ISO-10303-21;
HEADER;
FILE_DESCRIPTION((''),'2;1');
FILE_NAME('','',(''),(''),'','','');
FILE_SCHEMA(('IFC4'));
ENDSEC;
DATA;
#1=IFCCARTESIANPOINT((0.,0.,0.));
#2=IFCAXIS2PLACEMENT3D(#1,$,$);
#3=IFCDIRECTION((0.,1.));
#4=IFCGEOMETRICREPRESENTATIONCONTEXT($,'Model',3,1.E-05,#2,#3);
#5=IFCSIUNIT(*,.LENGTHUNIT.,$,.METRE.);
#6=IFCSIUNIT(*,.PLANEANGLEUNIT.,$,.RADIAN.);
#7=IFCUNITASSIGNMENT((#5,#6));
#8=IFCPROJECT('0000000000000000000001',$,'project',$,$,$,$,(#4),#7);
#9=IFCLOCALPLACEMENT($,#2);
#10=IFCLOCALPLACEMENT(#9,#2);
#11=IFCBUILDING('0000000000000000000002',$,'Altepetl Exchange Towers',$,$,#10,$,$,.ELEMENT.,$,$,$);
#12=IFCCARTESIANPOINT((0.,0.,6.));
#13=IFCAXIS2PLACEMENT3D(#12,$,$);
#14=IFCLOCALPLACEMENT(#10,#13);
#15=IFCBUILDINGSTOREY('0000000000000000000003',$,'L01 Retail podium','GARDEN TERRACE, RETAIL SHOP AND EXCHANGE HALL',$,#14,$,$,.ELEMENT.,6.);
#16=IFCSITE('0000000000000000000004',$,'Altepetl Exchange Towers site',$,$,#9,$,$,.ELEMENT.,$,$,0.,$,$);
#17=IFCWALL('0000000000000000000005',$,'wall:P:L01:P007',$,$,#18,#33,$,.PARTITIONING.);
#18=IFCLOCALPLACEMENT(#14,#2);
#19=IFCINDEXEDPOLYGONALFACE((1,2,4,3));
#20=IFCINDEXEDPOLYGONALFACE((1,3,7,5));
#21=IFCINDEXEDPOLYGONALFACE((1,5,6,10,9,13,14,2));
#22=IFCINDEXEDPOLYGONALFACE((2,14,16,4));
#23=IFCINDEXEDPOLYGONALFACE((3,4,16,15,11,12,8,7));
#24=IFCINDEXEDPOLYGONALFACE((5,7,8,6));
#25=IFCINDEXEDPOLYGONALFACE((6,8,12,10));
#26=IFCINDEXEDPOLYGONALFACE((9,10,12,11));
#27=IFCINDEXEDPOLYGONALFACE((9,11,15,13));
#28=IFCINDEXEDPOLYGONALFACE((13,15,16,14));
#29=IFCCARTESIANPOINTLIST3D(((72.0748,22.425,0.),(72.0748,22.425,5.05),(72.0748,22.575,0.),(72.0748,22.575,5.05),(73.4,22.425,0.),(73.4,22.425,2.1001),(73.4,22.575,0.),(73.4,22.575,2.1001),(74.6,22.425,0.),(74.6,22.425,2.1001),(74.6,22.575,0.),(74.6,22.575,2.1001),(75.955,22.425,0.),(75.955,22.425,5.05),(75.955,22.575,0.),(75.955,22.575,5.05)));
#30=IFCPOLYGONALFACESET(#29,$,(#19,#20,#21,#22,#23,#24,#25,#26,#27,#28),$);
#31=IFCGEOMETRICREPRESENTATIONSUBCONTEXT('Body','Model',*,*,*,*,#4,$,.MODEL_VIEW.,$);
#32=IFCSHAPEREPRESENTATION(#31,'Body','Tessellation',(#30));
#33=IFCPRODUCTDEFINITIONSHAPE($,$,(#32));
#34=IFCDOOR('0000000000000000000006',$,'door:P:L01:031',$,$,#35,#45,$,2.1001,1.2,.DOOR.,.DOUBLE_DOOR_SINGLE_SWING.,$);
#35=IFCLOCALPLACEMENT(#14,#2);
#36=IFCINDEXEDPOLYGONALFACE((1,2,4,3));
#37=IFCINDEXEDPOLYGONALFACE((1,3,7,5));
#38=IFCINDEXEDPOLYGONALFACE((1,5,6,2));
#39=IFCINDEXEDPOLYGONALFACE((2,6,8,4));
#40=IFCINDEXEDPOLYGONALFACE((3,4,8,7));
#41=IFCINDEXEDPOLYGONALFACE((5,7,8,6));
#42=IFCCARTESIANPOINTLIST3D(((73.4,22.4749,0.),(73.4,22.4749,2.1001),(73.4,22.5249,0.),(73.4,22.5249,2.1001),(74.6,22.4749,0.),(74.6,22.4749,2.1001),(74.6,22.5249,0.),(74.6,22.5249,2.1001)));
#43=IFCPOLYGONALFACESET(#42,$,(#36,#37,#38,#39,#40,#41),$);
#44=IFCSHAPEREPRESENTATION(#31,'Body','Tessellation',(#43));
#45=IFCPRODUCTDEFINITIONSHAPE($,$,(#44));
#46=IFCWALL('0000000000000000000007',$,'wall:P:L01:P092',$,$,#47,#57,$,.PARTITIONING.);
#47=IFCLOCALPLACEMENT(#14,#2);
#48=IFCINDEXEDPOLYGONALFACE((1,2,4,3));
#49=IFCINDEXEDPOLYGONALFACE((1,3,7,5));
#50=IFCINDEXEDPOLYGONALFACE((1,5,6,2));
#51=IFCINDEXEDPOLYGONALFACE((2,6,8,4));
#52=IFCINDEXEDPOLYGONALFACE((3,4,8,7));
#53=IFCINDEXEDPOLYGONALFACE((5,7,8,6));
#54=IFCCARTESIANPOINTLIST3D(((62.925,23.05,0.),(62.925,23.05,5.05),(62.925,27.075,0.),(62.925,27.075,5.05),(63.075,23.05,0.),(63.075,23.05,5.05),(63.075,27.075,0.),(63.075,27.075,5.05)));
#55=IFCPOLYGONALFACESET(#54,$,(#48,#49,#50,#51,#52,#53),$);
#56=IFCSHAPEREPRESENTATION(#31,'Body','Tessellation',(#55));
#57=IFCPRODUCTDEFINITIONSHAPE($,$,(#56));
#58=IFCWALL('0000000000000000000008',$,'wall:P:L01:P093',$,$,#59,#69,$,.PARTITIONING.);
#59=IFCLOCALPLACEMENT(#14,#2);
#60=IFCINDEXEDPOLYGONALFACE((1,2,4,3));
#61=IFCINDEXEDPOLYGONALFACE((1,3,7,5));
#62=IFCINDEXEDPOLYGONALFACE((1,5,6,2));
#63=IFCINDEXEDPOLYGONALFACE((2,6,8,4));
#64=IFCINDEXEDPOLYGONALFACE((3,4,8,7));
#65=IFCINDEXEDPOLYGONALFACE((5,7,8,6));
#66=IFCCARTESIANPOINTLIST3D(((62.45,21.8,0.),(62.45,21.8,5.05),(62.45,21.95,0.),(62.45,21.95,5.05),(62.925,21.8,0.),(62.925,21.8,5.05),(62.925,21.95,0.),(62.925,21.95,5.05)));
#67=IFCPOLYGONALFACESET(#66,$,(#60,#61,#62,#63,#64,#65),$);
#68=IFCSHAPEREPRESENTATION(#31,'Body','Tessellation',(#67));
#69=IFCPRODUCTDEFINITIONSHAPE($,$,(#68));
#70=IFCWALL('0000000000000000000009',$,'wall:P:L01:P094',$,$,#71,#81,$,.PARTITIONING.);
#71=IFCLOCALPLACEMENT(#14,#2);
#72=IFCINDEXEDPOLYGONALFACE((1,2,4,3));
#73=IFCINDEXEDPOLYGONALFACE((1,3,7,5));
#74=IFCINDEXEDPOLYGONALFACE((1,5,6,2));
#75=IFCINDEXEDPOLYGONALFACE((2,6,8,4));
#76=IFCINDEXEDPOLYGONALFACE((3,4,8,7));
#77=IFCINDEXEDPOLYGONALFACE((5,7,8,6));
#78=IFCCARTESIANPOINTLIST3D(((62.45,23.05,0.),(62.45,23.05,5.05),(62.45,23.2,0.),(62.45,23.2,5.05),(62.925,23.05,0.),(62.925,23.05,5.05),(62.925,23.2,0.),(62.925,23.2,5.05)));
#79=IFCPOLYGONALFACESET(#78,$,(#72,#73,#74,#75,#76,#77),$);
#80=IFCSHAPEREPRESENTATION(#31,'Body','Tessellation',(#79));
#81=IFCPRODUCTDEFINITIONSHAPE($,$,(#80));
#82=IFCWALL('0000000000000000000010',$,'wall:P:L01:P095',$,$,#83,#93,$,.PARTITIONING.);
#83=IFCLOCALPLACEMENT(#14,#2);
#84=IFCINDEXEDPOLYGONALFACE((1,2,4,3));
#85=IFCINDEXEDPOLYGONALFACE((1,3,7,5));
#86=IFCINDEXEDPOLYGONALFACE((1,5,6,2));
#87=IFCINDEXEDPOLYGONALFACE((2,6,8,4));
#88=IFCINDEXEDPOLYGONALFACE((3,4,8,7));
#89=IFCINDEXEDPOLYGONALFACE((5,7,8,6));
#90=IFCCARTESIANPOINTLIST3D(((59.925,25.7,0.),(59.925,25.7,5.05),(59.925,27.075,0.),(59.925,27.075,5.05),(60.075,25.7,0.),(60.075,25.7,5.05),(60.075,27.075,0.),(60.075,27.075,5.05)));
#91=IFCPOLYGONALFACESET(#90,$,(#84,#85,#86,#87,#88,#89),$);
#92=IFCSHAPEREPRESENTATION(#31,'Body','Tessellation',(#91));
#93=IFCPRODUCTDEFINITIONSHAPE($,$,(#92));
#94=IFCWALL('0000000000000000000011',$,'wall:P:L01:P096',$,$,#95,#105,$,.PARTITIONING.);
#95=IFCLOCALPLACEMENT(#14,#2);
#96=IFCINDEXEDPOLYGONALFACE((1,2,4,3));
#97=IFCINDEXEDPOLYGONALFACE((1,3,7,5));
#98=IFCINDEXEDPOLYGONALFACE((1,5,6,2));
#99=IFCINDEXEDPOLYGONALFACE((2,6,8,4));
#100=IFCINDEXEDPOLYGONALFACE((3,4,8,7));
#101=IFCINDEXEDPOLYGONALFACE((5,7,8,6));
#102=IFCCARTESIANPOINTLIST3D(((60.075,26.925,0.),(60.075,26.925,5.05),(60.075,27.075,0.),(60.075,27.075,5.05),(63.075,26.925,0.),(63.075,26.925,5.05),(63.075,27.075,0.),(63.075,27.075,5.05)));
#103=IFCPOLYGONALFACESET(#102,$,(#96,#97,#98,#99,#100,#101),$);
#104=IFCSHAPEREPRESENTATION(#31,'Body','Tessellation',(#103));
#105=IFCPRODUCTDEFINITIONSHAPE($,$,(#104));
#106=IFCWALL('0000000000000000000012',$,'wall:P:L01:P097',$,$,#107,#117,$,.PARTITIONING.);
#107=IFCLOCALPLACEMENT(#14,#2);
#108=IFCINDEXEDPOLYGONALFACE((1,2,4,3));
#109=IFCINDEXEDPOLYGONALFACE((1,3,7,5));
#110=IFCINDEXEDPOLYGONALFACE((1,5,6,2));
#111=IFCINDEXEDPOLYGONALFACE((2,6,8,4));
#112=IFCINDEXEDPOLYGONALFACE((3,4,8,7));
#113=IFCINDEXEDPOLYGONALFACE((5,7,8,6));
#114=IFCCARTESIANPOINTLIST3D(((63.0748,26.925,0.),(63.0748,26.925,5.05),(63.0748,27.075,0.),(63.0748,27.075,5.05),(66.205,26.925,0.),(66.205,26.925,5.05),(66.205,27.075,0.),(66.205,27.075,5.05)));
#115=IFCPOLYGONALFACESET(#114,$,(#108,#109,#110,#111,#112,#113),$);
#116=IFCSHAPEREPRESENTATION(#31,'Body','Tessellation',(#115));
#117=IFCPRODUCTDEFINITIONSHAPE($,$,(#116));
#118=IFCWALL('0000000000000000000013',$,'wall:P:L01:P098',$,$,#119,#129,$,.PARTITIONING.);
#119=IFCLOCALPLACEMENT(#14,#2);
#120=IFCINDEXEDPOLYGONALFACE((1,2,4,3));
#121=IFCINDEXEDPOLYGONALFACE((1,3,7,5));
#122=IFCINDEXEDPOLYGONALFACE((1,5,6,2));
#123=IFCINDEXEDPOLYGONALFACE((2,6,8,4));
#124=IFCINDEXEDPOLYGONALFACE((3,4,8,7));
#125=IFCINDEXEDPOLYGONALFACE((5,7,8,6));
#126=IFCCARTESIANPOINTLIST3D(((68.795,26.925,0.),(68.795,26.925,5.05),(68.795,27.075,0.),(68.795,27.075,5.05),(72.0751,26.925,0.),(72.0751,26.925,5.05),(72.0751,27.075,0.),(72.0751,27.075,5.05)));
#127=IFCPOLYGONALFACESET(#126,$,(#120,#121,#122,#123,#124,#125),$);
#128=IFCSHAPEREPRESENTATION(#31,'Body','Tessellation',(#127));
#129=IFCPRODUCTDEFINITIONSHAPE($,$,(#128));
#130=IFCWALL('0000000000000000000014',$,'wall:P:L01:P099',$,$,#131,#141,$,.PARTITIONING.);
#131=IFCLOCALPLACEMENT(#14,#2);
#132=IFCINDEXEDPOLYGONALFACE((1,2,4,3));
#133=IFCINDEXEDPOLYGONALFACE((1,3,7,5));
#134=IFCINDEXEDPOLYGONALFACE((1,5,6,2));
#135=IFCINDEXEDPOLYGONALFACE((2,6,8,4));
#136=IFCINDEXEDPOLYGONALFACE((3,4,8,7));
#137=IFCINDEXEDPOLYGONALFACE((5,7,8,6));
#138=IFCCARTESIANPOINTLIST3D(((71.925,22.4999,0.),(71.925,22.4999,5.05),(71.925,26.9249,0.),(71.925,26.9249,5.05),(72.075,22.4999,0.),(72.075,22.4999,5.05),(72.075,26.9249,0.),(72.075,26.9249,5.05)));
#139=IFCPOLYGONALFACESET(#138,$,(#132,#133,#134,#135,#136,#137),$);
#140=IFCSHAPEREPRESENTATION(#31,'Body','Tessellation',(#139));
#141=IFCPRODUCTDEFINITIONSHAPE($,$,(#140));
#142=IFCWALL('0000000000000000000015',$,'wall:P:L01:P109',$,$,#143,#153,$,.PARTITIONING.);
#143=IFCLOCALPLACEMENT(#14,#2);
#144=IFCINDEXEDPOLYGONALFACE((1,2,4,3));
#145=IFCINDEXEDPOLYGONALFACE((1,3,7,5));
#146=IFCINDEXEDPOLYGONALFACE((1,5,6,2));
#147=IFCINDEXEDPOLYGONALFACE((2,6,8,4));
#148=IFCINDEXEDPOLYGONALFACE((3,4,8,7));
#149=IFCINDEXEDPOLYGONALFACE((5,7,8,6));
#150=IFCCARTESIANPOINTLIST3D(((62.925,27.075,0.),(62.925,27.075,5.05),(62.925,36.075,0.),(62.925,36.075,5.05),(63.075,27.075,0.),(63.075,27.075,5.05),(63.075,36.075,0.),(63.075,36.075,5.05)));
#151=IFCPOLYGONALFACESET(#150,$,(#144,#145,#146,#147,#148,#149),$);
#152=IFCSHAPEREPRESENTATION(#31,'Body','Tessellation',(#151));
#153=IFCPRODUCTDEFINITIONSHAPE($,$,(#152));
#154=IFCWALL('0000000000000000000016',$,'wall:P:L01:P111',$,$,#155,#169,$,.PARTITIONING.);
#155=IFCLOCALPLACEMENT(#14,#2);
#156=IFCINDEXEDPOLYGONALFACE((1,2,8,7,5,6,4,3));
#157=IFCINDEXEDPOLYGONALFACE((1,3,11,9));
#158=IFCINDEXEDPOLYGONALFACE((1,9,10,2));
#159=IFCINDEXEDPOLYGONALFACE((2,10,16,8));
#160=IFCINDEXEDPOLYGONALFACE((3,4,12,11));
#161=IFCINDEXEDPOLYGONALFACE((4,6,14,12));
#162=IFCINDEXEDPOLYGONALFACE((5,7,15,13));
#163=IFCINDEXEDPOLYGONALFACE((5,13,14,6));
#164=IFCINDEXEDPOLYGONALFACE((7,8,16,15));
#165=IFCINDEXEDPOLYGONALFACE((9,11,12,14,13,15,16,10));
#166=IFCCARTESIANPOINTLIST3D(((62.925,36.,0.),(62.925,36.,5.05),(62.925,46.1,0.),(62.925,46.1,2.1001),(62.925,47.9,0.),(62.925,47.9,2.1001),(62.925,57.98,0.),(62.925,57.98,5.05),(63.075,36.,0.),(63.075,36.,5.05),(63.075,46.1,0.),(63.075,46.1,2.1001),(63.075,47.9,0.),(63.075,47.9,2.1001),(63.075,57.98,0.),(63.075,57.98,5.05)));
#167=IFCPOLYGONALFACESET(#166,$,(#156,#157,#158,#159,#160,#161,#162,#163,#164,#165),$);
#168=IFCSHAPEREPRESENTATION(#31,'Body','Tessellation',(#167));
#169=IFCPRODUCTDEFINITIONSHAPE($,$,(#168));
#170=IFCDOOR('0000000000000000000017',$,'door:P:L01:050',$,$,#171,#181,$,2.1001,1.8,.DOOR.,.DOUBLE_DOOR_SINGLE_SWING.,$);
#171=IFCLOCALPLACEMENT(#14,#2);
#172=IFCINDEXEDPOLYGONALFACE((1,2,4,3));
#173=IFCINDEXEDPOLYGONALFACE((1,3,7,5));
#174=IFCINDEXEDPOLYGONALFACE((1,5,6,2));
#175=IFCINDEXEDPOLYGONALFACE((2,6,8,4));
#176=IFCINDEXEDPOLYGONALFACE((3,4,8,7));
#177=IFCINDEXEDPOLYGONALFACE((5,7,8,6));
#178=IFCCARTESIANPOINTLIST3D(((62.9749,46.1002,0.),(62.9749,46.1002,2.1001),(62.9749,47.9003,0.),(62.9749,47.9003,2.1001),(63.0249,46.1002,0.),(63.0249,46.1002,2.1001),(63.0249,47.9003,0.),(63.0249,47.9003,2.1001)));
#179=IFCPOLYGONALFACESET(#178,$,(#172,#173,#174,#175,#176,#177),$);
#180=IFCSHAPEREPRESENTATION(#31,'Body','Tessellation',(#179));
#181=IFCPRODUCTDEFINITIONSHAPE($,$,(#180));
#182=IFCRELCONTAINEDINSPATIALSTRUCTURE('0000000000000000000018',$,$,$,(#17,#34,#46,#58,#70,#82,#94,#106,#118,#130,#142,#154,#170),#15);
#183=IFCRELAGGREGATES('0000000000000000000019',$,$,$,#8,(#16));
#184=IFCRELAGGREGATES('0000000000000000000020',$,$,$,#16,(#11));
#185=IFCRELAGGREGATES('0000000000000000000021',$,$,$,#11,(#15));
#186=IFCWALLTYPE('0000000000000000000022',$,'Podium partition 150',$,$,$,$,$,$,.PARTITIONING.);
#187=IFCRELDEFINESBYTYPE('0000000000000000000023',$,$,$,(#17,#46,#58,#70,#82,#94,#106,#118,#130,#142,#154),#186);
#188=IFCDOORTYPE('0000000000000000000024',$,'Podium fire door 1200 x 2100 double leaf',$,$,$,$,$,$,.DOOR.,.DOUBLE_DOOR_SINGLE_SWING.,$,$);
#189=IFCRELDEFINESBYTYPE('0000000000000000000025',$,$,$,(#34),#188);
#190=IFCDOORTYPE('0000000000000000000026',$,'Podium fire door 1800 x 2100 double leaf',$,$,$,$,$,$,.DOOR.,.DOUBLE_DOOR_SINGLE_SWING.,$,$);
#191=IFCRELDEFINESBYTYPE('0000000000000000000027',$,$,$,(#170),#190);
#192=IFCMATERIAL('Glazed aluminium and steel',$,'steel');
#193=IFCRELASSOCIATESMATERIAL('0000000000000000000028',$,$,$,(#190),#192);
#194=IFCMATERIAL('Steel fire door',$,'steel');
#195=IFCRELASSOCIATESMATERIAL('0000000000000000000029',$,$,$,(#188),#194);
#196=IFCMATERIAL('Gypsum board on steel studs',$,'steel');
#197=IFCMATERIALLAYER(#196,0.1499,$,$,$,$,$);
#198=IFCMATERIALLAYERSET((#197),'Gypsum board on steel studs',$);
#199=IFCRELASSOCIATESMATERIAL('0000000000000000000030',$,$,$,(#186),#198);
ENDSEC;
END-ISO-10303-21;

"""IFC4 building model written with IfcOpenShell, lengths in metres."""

from ifc_helpers import new_model, si_unit, direction, frame, frame_2d, origin, place, context, subcontext, project, spatial, rectangle, extrude, material, layer, layer_set, type_object, element, fill, save


model = new_model("IFC4")

# Units and contexts
model_context = context("Model", 3, precision=1e-05, world=origin(), true_north=direction((0.0, 1.0)))
body_context = subcontext(model_context, "Body", "Model", "MODEL_VIEW")
ifc_project = project(units=[si_unit("LENGTHUNIT", "METRE"), si_unit("PLANEANGLEUNIT", "RADIAN")], contexts=[model_context])

# Site, building, storey
site_placement = place(None, origin())
site = spatial("IfcSite", under=ifc_project, at=site_placement, Name="Altepetl Exchange Towers site", CompositionType="ELEMENT", RefElevation=0.0)
building_placement = place(site_placement, origin())
building = spatial("IfcBuilding", under=site, at=building_placement, Name="Altepetl Exchange Towers", CompositionType="ELEMENT")
storey_placement = place(building_placement, frame((0.0, 0.0, 6.0)))
storey = spatial("IfcBuildingStorey", under=building, at=storey_placement, Name="L01 Retail podium", Description="GARDEN TERRACE, RETAIL SHOP AND EXCHANGE HALL", CompositionType="ELEMENT", Elevation=6.0)

# Wall, opening, door
ifc_material_1 = material(Name="Glazed aluminium and steel", Category="steel")
door_type_1 = type_object("IfcDoorType", Name="Podium fire door 1800 x 2100 double leaf", OperationType="DOUBLE_DOOR_SINGLE_SWING", PredefinedType="DOOR", material=ifc_material_1)
ifc_material_2 = material(Name="Steel fire door", Category="steel")
door_type_2 = type_object("IfcDoorType", Name="Podium fire door 1200 x 2100 double leaf", OperationType="DOUBLE_DOOR_SINGLE_SWING", PredefinedType="DOOR", material=ifc_material_2)
ifc_material_3 = material(Name="Gypsum board on steel studs", Category="steel")
ifc_layer_1 = layer(ifc_material_3, 0.1499)
ifc_layer_set_1 = layer_set([ifc_layer_1], Name="Gypsum board on steel studs")
wall_type_1 = type_object("IfcWallType", Name="Podium partition 150", PredefinedType="PARTITIONING", material=ifc_layer_set_1)
wall_1_placement = place(storey_placement, frame((72.075, 22.5, 0.0)))
wall_1 = element("IfcWall", 1, at=wall_1_placement, inside=storey, type_object=wall_type_1, Name="wall:P:L01:P007", PredefinedType="PARTITIONING", context=body_context, shape_type="SweptSolid", body=[
    extrude(rectangle(XDim=3.8801, YDim=0.1499, at=frame_2d((1.9399, 0.0))), origin(), (0.0, 0.0, 1.0), 5.05),
])
opening_1_placement = place(wall_1_placement, frame((1.325, 0.0, 0.0)))
opening_1 = element("IfcOpeningElement", 2, at=opening_1_placement, cuts=wall_1, PredefinedType="OPENING", context=body_context, shape_type="SweptSolid", body=[
    extrude(rectangle(XDim=1.2, YDim=2.1001, at=frame_2d((0.6001, 1.05))), frame((0.0, 0.085, 0.0), z_axis=(0.0, -1.0, 0.0), x_axis=(1.0, 0.0, 0.0)), (0.0, 0.0, 1.0), 0.1699),
])
door_1_placement = place(opening_1_placement, origin())
door_1 = element("IfcDoor", 3, at=door_1_placement, inside=storey, type_object=door_type_2, Name="door:P:L01:031", OperationType="DOUBLE_DOOR_SINGLE_SWING", OverallHeight=2.1001, OverallWidth=1.2, PredefinedType="DOOR", context=body_context, shape_type="SweptSolid", body=[
    extrude(rectangle(XDim=1.2, YDim=2.1001, at=frame_2d((0.6001, 1.05))), frame((0.0, 0.0249, 0.0), z_axis=(0.0, -1.0, 0.0), x_axis=(1.0, 0.0, 0.0)), (0.0, 0.0, 1.0), 0.05),
])
fill(opening_1, door_1)

# Walls
wall_2_placement = place(storey_placement, frame((63.0, 23.05, 0.0), z_axis=(0.0, 0.0, 1.0), x_axis=(0.0, 1.0, 0.0)))
element("IfcWall", 4, at=wall_2_placement, inside=storey, type_object=wall_type_1, Name="wall:P:L01:P092", PredefinedType="PARTITIONING", context=body_context, shape_type="SweptSolid", body=[
    extrude(rectangle(XDim=4.0249, YDim=0.1499, at=frame_2d((2.0125, 0.0))), origin(), (0.0, 0.0, 1.0), 5.05),
])
for number, where, name in (
    (5, (62.45, 21.875, 0.0), "wall:P:L01:P093"),
    (6, (62.45, 23.125, 0.0), "wall:P:L01:P094"),
):
    element("IfcWall", number, at=place(storey_placement, frame(where)), inside=storey, type_object=wall_type_1, Name=name, PredefinedType="PARTITIONING", context=body_context, shape_type="SweptSolid", body=[
        extrude(rectangle(XDim=0.4751, YDim=0.1499, at=frame_2d((0.2375, 0.0))), origin(), (0.0, 0.0, 1.0), 5.05),
    ])
wall_3_placement = place(storey_placement, frame((60.0, 25.7, 0.0), z_axis=(0.0, 0.0, 1.0), x_axis=(0.0, 1.0, 0.0)))
element("IfcWall", 7, at=wall_3_placement, inside=storey, type_object=wall_type_1, Name="wall:P:L01:P095", PredefinedType="PARTITIONING", context=body_context, shape_type="SweptSolid", body=[
    extrude(rectangle(XDim=1.375, YDim=0.1499, at=frame_2d((0.6875, 0.0))), origin(), (0.0, 0.0, 1.0), 5.05),
])
wall_4_placement = place(storey_placement, frame((60.075, 27.0, 0.0)))
element("IfcWall", 8, at=wall_4_placement, inside=storey, type_object=wall_type_1, Name="wall:P:L01:P096", PredefinedType="PARTITIONING", context=body_context, shape_type="SweptSolid", body=[
    extrude(rectangle(XDim=3.0, YDim=0.1499, at=frame_2d((1.5, 0.0))), origin(), (0.0, 0.0, 1.0), 5.05),
])
wall_5_placement = place(storey_placement, frame((63.075, 27.0, 0.0)))
element("IfcWall", 9, at=wall_5_placement, inside=storey, type_object=wall_type_1, Name="wall:P:L01:P097", PredefinedType="PARTITIONING", context=body_context, shape_type="SweptSolid", body=[
    extrude(rectangle(XDim=3.1301, YDim=0.1499, at=frame_2d((1.5649, 0.0))), origin(), (0.0, 0.0, 1.0), 5.05),
])
wall_6_placement = place(storey_placement, frame((68.7949, 27.0, 0.0)))
element("IfcWall", 10, at=wall_6_placement, inside=storey, type_object=wall_type_1, Name="wall:P:L01:P098", PredefinedType="PARTITIONING", context=body_context, shape_type="SweptSolid", body=[
    extrude(rectangle(XDim=3.28, YDim=0.1499, at=frame_2d((1.6401, 0.0))), origin(), (0.0, 0.0, 1.0), 5.05),
])
wall_7_placement = place(storey_placement, frame((72.0, 22.5, 0.0), z_axis=(0.0, 0.0, 1.0), x_axis=(0.0, 1.0, 0.0)))
element("IfcWall", 11, at=wall_7_placement, inside=storey, type_object=wall_type_1, Name="wall:P:L01:P099", PredefinedType="PARTITIONING", context=body_context, shape_type="SweptSolid", body=[
    extrude(rectangle(XDim=4.425, YDim=0.1499, at=frame_2d((2.2124, 0.0))), origin(), (0.0, 0.0, 1.0), 5.05),
])
wall_8_placement = place(storey_placement, frame((63.0, 27.075, 0.0), z_axis=(0.0, 0.0, 1.0), x_axis=(0.0, 1.0, 0.0)))
element("IfcWall", 12, at=wall_8_placement, inside=storey, type_object=wall_type_1, Name="wall:P:L01:P109", PredefinedType="PARTITIONING", context=body_context, shape_type="SweptSolid", body=[
    extrude(rectangle(XDim=9.0, YDim=0.1499, at=frame_2d((4.5, 0.0))), origin(), (0.0, 0.0, 1.0), 5.05),
])

# Wall, opening, door
wall_9_placement = place(storey_placement, frame((63.0, 36.0, 0.0), z_axis=(0.0, 0.0, 1.0), x_axis=(0.0, 1.0, 0.0)))
wall_9 = element("IfcWall", 13, at=wall_9_placement, inside=storey, type_object=wall_type_1, Name="wall:P:L01:P111", PredefinedType="PARTITIONING", context=body_context, shape_type="SweptSolid", body=[
    extrude(rectangle(XDim=21.98, YDim=0.1499, at=frame_2d((10.99, 0.0))), origin(), (0.0, 0.0, 1.0), 5.05),
])
opening_2_placement = place(wall_9_placement, frame((10.1001, 0.0, 0.0)))
opening_2 = element("IfcOpeningElement", 14, at=opening_2_placement, cuts=wall_9, PredefinedType="OPENING", context=body_context, shape_type="SweptSolid", body=[
    extrude(rectangle(XDim=1.8, YDim=2.1001, at=frame_2d((0.8999, 1.05))), frame((0.0, 0.085, 0.0), z_axis=(0.0, -1.0, 0.0), x_axis=(1.0, 0.0, 0.0)), (0.0, 0.0, 1.0), 0.1699),
])
door_2_placement = place(opening_2_placement, frame((1.8, 0.0, 0.0), x_axis=(-1.0, 0.0, 0.0)))
door_2 = element("IfcDoor", 15, at=door_2_placement, inside=storey, type_object=door_type_1, Name="door:P:L01:050", OperationType="DOUBLE_DOOR_SINGLE_SWING", OverallHeight=2.1001, OverallWidth=1.8, PredefinedType="DOOR", context=body_context, shape_type="SweptSolid", body=[
    extrude(rectangle(XDim=1.8, YDim=2.1001, at=frame_2d((0.8999, 1.05))), frame((0.0, 0.0249, 0.0), z_axis=(0.0, -1.0, 0.0), x_axis=(1.0, 0.0, 0.0)), (0.0, 0.0, 1.0), 0.05),
])
fill(opening_2, door_2)

save(model, "model.ifc")
